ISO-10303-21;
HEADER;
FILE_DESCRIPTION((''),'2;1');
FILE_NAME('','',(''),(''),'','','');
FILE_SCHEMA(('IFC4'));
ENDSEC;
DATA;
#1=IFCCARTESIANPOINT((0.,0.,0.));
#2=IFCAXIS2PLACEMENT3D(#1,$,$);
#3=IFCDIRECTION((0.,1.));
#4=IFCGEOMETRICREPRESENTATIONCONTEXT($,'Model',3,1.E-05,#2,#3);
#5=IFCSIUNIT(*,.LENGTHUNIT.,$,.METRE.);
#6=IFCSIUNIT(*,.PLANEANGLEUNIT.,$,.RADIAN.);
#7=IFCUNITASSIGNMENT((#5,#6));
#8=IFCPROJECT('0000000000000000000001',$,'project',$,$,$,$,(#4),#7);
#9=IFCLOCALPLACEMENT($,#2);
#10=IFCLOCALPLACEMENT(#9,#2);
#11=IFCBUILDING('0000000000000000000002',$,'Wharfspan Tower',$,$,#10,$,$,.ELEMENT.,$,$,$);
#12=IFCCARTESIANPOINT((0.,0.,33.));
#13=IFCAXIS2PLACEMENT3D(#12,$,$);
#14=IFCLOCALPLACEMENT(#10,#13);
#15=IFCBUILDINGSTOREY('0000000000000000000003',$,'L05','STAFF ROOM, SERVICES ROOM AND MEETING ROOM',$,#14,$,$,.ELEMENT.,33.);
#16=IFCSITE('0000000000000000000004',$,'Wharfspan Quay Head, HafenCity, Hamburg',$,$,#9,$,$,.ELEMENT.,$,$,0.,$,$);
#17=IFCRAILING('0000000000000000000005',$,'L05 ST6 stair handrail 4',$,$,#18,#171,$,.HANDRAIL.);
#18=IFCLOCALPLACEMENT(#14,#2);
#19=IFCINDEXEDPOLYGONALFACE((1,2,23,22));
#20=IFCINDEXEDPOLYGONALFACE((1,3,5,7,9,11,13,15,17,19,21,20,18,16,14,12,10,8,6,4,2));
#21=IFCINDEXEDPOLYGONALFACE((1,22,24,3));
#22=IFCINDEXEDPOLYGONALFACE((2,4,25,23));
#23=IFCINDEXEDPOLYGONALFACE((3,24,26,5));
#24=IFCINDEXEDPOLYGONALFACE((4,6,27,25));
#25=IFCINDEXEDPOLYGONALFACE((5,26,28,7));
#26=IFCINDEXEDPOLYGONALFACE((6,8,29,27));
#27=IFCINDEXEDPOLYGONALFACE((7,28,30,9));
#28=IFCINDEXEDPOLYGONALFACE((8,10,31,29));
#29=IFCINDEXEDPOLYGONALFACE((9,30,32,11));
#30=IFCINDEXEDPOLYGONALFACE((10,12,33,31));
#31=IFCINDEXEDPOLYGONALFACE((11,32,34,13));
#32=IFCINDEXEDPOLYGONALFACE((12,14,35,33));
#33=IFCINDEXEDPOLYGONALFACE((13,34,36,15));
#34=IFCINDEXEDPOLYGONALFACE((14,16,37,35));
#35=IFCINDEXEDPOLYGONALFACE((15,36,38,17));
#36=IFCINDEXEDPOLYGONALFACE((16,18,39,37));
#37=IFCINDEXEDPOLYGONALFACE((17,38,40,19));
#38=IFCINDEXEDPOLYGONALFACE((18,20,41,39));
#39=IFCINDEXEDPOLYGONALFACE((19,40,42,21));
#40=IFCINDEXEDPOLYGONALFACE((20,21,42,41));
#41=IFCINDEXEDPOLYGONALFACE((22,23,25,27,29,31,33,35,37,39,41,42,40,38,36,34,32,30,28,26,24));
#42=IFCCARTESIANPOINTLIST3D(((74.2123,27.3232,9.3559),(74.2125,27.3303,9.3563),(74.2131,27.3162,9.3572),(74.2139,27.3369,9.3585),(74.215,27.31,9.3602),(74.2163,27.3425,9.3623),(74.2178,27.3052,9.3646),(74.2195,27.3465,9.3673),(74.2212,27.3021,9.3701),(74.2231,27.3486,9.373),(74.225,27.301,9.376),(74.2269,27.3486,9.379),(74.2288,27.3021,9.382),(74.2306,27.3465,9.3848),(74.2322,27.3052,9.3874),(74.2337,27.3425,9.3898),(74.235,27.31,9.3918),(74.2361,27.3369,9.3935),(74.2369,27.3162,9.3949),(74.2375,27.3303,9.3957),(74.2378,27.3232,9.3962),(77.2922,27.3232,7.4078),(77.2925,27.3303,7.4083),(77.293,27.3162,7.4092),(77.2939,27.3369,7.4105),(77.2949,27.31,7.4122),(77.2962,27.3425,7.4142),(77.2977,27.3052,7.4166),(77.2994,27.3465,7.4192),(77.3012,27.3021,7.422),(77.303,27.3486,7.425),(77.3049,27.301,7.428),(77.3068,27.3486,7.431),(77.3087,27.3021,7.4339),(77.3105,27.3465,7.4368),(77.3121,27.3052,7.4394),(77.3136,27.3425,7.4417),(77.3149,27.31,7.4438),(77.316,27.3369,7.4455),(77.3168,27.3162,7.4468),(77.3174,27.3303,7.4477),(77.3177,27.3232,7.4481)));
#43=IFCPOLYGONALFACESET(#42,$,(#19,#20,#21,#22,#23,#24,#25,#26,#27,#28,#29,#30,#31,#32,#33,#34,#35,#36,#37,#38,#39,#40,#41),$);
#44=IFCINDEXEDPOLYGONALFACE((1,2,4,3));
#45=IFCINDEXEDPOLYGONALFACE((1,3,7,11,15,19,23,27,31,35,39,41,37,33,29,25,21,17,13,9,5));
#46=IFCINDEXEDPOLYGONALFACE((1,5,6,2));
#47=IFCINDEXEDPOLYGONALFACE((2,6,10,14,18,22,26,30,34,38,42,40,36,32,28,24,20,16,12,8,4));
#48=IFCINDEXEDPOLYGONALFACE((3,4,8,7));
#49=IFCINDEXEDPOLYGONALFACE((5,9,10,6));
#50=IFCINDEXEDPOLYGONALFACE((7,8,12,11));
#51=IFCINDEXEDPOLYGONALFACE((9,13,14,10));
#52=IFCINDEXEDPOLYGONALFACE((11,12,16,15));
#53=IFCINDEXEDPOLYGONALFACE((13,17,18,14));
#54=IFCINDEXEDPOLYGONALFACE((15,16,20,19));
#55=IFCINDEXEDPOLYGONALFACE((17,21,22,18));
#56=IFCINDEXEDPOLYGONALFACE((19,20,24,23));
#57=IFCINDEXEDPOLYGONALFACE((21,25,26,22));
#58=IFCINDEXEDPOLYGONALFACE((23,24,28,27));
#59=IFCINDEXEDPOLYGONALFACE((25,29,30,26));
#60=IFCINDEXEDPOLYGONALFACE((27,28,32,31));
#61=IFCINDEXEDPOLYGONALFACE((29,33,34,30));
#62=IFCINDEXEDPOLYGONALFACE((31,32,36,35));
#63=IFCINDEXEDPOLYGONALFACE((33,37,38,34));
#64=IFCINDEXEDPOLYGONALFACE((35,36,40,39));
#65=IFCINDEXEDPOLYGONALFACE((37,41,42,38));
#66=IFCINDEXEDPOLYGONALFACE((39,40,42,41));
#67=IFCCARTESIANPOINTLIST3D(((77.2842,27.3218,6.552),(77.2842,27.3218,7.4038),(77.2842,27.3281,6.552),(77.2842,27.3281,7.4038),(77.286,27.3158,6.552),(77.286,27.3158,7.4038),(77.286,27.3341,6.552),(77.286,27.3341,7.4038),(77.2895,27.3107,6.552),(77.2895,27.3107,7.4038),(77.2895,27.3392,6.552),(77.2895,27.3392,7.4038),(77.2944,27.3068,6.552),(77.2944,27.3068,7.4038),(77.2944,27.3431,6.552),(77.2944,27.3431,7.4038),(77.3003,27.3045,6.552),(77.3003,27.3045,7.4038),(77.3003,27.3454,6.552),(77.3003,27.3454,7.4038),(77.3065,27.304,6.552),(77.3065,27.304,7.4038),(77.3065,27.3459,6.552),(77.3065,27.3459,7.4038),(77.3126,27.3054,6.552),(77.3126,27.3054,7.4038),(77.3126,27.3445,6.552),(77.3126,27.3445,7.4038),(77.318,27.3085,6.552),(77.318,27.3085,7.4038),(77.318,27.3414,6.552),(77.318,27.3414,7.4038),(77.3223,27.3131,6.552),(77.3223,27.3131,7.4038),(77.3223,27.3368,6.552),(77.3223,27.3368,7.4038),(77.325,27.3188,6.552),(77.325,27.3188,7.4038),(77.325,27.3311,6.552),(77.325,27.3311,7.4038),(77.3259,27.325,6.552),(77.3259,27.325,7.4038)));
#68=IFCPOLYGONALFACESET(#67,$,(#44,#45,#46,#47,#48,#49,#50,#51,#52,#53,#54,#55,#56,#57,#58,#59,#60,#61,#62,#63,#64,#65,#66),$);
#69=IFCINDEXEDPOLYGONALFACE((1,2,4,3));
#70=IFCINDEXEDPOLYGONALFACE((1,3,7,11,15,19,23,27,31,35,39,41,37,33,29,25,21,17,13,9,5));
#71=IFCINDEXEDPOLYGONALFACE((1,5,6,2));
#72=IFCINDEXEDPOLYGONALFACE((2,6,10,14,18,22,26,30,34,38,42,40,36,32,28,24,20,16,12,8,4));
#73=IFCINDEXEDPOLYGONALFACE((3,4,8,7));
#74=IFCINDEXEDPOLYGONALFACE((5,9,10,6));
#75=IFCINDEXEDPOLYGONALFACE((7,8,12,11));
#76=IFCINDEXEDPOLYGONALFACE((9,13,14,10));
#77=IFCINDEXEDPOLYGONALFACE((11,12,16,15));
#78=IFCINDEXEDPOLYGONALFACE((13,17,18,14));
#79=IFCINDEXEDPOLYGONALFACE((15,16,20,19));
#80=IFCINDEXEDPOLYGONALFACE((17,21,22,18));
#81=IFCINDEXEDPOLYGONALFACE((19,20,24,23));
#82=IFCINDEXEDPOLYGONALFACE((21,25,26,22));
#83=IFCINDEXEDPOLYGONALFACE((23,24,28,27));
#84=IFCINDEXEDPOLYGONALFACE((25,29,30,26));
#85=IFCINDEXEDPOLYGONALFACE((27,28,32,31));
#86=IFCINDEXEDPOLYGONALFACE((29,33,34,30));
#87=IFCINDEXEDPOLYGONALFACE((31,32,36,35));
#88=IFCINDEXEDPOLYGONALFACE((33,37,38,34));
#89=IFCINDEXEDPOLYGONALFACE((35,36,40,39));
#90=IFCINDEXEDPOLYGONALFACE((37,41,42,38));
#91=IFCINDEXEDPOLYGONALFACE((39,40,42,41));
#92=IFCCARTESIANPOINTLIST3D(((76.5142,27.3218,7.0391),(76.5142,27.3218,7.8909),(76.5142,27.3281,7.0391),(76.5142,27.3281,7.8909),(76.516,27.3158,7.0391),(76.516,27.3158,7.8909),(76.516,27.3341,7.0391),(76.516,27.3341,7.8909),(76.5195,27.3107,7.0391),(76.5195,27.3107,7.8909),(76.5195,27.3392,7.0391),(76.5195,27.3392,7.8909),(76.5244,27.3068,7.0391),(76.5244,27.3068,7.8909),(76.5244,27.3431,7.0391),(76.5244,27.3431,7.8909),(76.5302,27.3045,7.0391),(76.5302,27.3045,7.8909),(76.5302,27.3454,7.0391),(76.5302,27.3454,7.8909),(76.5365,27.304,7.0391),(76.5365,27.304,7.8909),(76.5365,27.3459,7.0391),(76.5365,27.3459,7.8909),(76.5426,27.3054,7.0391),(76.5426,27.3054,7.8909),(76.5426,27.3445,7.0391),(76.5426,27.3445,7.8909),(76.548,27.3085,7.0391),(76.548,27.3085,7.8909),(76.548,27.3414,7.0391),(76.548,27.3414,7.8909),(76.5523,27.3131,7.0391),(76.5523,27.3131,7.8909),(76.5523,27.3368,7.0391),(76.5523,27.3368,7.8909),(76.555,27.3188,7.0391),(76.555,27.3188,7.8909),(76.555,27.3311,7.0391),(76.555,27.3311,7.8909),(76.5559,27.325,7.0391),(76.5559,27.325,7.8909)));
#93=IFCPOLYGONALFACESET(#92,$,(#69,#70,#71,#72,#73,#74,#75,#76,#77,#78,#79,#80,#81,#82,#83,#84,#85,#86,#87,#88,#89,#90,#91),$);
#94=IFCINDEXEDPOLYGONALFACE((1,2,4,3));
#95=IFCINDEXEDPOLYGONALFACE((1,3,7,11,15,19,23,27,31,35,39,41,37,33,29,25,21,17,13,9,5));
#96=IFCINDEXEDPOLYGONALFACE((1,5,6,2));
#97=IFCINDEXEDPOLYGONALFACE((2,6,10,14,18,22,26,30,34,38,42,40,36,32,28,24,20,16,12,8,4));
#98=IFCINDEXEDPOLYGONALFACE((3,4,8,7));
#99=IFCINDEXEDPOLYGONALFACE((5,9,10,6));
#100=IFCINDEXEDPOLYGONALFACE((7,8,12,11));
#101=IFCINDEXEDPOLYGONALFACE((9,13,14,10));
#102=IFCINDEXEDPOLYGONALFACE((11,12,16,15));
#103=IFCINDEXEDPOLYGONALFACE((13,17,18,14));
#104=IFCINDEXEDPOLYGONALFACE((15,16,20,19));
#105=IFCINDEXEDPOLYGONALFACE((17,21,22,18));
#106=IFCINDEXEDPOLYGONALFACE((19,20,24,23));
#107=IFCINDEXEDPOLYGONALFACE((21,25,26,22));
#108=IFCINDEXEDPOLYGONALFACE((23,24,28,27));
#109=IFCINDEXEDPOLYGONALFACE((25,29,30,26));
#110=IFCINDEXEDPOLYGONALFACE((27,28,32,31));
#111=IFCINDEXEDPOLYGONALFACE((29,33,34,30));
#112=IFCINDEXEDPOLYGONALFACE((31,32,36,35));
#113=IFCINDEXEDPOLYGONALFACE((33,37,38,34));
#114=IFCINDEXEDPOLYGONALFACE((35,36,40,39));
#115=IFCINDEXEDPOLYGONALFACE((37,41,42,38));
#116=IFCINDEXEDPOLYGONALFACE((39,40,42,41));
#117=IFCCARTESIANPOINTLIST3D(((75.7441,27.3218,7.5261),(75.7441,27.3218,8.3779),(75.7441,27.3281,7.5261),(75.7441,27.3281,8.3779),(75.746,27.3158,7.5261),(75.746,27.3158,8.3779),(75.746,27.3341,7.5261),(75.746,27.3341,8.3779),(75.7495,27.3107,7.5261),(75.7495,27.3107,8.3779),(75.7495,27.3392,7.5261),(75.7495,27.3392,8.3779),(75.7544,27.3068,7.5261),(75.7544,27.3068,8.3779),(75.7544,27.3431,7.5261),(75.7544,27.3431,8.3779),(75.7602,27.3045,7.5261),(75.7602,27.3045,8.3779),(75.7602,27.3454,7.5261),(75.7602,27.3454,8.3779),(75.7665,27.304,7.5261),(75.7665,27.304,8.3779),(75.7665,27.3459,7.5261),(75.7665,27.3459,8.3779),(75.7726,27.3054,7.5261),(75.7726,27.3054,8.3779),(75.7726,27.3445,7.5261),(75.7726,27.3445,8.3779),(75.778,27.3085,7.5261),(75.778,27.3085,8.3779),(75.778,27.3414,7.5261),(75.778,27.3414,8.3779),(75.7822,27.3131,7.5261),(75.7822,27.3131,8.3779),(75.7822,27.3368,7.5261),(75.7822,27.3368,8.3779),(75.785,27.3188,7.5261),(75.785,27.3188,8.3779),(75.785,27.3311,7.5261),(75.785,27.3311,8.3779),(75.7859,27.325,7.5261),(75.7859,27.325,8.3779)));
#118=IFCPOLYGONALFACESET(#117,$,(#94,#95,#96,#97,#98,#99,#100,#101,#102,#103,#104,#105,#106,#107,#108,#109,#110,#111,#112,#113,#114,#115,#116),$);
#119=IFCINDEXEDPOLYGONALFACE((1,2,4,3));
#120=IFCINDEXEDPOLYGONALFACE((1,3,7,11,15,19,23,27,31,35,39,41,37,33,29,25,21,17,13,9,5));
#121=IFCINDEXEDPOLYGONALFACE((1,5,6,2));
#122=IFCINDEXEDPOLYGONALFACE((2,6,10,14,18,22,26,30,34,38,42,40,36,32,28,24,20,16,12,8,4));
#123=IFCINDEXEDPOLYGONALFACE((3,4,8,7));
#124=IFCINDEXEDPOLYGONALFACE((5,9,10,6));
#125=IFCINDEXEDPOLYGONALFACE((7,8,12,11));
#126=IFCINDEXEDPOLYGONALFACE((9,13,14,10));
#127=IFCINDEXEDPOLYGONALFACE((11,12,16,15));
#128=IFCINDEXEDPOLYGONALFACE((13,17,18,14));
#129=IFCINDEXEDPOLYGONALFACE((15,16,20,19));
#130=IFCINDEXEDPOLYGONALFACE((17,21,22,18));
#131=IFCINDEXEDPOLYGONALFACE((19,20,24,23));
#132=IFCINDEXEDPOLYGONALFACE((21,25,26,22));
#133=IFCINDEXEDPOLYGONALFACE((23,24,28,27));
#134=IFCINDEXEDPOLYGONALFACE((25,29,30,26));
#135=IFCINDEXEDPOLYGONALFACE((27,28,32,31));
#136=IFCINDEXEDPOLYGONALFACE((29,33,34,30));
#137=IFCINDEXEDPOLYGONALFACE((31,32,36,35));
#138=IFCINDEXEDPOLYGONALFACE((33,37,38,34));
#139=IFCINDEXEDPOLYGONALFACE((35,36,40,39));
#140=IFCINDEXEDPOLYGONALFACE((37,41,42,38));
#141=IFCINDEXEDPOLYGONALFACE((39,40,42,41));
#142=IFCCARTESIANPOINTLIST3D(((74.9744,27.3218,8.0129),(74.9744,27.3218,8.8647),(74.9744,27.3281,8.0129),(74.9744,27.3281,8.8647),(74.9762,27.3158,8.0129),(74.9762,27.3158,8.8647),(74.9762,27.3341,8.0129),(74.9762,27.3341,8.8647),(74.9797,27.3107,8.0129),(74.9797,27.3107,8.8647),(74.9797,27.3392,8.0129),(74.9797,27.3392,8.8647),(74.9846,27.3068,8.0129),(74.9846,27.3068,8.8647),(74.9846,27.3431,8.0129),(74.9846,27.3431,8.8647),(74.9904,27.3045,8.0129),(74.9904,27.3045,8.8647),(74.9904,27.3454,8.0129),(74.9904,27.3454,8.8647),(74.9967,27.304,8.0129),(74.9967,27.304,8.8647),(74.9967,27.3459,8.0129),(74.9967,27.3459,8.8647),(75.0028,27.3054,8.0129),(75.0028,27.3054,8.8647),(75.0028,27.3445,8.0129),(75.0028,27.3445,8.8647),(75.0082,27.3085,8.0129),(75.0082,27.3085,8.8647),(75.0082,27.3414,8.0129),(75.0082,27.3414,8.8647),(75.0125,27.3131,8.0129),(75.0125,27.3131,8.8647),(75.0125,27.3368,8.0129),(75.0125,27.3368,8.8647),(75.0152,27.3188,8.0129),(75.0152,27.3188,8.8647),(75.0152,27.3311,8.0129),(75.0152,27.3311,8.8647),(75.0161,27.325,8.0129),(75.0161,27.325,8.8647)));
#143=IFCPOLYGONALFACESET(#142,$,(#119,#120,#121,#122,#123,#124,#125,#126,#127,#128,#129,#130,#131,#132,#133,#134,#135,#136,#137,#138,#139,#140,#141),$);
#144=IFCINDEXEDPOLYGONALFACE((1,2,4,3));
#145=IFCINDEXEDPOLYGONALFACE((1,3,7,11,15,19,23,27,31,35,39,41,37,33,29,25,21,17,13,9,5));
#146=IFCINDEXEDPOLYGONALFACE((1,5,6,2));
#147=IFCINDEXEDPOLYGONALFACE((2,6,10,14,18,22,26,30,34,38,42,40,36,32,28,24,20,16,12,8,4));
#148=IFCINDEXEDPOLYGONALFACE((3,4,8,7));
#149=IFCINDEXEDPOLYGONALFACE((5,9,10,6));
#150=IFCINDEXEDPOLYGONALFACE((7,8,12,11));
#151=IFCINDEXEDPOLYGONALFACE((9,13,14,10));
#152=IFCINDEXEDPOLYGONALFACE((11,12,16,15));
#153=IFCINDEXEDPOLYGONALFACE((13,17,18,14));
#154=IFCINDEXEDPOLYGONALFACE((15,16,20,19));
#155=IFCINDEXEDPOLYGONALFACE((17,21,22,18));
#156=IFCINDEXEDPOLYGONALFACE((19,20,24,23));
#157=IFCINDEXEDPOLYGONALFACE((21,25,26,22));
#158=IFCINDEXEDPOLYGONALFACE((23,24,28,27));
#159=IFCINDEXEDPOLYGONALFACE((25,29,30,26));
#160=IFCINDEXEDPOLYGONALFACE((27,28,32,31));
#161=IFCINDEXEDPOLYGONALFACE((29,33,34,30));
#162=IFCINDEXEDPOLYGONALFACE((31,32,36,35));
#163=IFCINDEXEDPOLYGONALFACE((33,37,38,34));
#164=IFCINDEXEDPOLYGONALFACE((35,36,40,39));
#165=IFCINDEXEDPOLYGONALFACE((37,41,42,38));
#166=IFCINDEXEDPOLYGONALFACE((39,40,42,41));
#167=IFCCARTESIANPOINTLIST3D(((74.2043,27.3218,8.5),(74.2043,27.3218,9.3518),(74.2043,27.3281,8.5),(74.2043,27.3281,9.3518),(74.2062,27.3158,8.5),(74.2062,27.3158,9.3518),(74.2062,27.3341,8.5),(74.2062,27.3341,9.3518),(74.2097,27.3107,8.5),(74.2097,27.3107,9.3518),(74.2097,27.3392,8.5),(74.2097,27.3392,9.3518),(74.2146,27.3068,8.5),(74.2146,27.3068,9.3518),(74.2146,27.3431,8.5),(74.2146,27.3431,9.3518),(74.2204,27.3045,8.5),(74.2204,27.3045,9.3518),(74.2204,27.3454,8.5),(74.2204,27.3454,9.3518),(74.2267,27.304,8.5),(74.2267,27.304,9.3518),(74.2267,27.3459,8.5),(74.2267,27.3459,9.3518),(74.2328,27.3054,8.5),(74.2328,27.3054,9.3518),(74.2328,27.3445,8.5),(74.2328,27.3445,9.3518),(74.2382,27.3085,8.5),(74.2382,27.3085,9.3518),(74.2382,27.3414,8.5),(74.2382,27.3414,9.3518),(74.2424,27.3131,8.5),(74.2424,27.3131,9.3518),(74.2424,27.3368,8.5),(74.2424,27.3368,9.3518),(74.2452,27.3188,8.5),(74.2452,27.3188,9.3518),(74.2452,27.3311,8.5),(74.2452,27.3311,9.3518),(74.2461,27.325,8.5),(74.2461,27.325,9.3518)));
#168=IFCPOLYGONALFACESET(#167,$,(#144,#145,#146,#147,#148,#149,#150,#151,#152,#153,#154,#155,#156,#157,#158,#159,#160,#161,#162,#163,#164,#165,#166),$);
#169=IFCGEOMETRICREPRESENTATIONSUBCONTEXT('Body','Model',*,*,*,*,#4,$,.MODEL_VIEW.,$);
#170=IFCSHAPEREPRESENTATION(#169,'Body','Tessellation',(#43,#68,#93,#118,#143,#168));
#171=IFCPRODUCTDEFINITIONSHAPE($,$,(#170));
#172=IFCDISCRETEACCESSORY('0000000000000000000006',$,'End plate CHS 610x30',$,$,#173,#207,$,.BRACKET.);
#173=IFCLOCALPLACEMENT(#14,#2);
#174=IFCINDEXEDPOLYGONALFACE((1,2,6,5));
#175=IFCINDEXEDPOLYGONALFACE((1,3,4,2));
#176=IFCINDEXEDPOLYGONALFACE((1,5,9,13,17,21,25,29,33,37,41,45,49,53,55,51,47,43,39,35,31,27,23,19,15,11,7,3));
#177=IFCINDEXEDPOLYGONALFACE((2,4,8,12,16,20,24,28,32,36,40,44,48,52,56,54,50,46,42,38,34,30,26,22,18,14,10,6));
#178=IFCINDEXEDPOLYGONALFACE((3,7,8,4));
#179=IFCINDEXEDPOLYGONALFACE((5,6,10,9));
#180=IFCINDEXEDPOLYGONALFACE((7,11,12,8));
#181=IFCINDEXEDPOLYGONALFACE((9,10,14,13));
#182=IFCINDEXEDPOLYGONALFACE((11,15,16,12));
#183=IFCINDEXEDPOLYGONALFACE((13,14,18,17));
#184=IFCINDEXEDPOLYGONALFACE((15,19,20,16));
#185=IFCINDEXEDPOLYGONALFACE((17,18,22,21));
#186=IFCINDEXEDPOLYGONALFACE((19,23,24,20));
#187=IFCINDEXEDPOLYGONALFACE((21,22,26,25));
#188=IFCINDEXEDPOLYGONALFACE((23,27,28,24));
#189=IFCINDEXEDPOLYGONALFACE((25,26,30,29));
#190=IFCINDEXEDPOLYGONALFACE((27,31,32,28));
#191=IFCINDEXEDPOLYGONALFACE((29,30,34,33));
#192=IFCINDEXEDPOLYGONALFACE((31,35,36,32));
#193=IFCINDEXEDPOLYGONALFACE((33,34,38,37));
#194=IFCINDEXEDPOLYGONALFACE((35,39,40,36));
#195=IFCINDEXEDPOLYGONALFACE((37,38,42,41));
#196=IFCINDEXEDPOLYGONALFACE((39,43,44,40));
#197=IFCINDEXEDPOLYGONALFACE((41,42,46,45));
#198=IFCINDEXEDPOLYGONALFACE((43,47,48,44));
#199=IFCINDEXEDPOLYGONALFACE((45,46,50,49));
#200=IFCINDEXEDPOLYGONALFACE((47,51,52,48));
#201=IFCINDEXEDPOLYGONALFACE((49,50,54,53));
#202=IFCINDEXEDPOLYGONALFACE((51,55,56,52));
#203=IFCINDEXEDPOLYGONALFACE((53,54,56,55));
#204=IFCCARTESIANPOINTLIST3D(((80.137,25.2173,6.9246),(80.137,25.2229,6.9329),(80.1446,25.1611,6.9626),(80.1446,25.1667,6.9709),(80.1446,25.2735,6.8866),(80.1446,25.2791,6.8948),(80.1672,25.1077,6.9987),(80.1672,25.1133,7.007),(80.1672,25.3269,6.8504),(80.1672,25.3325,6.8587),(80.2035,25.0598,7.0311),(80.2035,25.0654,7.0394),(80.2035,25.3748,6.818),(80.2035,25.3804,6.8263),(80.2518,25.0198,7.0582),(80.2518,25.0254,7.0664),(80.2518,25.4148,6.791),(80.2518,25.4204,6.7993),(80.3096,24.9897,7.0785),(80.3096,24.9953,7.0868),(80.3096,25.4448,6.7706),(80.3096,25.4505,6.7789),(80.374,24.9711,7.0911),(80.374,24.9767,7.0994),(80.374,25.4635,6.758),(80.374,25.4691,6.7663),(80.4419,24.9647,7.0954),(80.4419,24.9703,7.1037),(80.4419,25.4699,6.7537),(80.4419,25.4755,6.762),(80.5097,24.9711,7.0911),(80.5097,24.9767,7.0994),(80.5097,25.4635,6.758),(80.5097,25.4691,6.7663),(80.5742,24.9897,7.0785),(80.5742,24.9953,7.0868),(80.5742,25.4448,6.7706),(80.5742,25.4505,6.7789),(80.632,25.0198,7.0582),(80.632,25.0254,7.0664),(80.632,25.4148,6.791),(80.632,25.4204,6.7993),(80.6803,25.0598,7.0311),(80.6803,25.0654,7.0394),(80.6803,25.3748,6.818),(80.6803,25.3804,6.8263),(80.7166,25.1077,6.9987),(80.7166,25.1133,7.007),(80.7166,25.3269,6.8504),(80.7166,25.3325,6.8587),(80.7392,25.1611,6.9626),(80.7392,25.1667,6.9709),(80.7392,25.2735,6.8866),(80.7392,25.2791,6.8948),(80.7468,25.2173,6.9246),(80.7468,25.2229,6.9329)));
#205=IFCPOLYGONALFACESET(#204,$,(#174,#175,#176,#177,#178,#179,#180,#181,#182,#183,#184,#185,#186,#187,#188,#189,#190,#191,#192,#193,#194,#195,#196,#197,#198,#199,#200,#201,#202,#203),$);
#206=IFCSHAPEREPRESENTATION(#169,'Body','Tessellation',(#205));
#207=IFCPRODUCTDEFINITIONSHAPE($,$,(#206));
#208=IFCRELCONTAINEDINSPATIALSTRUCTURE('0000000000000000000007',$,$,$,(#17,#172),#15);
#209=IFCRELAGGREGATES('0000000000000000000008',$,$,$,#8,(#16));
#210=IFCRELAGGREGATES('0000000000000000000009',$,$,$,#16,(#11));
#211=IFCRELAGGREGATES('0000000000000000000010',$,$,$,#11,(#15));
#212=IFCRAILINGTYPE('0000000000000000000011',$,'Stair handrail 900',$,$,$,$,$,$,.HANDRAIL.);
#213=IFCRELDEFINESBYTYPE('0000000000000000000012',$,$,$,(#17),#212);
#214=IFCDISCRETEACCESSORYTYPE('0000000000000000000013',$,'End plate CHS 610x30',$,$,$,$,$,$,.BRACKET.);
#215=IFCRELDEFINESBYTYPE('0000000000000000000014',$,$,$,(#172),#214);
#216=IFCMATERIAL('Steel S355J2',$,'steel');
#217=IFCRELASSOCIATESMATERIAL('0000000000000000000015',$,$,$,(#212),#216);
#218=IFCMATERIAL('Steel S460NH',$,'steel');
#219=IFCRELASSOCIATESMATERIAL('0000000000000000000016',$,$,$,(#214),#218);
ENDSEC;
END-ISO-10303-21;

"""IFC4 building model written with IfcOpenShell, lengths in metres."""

from ifc_helpers import new_model, si_unit, direction, frame, origin, origin_2d, place, context, subcontext, project, spatial, circle, extrude, material, material_profile, profile_set, type_object, element, save


model = new_model("IFC4")

# Units and contexts
model_context = context("Model", 3, precision=1e-05, world=origin(), true_north=direction((0.0, 1.0)))
body_context = subcontext(model_context, "Body", "Model", "MODEL_VIEW")
ifc_project = project(units=[si_unit("LENGTHUNIT", "METRE"), si_unit("PLANEANGLEUNIT", "RADIAN")], contexts=[model_context])

# Site, building, storey
site_placement = place(None, origin())
site = spatial("IfcSite", under=ifc_project, at=site_placement, Name="Wharfspan Quay Head, HafenCity, Hamburg", CompositionType="ELEMENT", RefElevation=0.0)
building_placement = place(site_placement, origin())
building = spatial("IfcBuilding", under=site, at=building_placement, Name="Wharfspan Tower", CompositionType="ELEMENT")
storey_placement = place(building_placement, frame((0.0, 0.0, 33.0)))
storey = spatial("IfcBuildingStorey", under=building, at=storey_placement, Name="L05", Description="STAFF ROOM, SERVICES ROOM AND MEETING ROOM", CompositionType="ELEMENT", Elevation=33.0)

# Shared definitions
ifc_material_1 = material(Name="Steel S460NH", Category="steel")

# Railing
ifc_material_2 = material(Name="Steel S355J2", Category="steel")
railing_type_1 = type_object("IfcRailingType", Name="Stair handrail 900", PredefinedType="HANDRAIL", material=ifc_material_2)
for number, where, name in (
    (1, (77.3049, 27.325, 6.552), "L05 ST6 stair handrail 4"),
):
    element("IfcRailing", number, at=place(storey_placement, frame(where)), inside=storey, type_object=railing_type_1, Name=name, PredefinedType="HANDRAIL", context=body_context, shape_type="SweptSolid", body=[
        extrude(circle(Radius=0.0239, at=origin_2d()), frame((0.0, 0.0, 0.876), z_axis=(-0.845137, 0.0, 0.53455), x_axis=(0.0, -1.0, 0.0)), (0.0, 0.0, 1.0), 3.6443),
        extrude(circle(Radius=0.021, at=origin_2d()), origin(), (0.0, 0.0, 1.0), 0.8518),
        extrude(circle(Radius=0.021, at=origin_2d()), frame((-0.77, 0.0, 0.4871)), (0.0, 0.0, 1.0), 0.8518),
        extrude(circle(Radius=0.021, at=origin_2d()), frame((-1.54, 0.0, 0.9741)), (0.0, 0.0, 1.0), 0.8518),
        extrude(circle(Radius=0.021, at=origin_2d()), frame((-2.3098, 0.0, 1.4609)), (0.0, 0.0, 1.0), 0.8518),
        extrude(circle(Radius=0.021, at=origin_2d()), frame((-3.0798, 0.0, 1.948)), (0.0, 0.0, 1.0), 0.8518),
    ])

# Discrete accessory
ifc_material_profile_1 = material_profile(ifc_material_1, circle(Radius=0.3049, at=origin_2d()))
ifc_profile_set_1 = profile_set([ifc_material_profile_1], Name="Steel S460NH")
discrete_accessory_type = type_object("IfcDiscreteAccessoryType", Name="End plate CHS 610x30", PredefinedType="BRACKET", material=ifc_profile_set_1)
for number, where, z_axis, x_axis, name in (
    (2, (80.4419, 25.2229, 6.9329), (0.0, -0.560309, -0.828283), (1.0, 0.0, 0.0), "End plate CHS 610x30"),
):
    element("IfcDiscreteAccessory", number, at=place(storey_placement, frame(where, z_axis=z_axis, x_axis=x_axis)), inside=storey, type_object=discrete_accessory_type, Name=name, PredefinedType="BRACKET", context=body_context, shape_type="SweptSolid", body=[
        extrude(circle(Radius=0.3049, at=origin_2d()), origin(), (0.0, 0.0, 1.0), 0.01),
    ])

save(model, "model.ifc")
